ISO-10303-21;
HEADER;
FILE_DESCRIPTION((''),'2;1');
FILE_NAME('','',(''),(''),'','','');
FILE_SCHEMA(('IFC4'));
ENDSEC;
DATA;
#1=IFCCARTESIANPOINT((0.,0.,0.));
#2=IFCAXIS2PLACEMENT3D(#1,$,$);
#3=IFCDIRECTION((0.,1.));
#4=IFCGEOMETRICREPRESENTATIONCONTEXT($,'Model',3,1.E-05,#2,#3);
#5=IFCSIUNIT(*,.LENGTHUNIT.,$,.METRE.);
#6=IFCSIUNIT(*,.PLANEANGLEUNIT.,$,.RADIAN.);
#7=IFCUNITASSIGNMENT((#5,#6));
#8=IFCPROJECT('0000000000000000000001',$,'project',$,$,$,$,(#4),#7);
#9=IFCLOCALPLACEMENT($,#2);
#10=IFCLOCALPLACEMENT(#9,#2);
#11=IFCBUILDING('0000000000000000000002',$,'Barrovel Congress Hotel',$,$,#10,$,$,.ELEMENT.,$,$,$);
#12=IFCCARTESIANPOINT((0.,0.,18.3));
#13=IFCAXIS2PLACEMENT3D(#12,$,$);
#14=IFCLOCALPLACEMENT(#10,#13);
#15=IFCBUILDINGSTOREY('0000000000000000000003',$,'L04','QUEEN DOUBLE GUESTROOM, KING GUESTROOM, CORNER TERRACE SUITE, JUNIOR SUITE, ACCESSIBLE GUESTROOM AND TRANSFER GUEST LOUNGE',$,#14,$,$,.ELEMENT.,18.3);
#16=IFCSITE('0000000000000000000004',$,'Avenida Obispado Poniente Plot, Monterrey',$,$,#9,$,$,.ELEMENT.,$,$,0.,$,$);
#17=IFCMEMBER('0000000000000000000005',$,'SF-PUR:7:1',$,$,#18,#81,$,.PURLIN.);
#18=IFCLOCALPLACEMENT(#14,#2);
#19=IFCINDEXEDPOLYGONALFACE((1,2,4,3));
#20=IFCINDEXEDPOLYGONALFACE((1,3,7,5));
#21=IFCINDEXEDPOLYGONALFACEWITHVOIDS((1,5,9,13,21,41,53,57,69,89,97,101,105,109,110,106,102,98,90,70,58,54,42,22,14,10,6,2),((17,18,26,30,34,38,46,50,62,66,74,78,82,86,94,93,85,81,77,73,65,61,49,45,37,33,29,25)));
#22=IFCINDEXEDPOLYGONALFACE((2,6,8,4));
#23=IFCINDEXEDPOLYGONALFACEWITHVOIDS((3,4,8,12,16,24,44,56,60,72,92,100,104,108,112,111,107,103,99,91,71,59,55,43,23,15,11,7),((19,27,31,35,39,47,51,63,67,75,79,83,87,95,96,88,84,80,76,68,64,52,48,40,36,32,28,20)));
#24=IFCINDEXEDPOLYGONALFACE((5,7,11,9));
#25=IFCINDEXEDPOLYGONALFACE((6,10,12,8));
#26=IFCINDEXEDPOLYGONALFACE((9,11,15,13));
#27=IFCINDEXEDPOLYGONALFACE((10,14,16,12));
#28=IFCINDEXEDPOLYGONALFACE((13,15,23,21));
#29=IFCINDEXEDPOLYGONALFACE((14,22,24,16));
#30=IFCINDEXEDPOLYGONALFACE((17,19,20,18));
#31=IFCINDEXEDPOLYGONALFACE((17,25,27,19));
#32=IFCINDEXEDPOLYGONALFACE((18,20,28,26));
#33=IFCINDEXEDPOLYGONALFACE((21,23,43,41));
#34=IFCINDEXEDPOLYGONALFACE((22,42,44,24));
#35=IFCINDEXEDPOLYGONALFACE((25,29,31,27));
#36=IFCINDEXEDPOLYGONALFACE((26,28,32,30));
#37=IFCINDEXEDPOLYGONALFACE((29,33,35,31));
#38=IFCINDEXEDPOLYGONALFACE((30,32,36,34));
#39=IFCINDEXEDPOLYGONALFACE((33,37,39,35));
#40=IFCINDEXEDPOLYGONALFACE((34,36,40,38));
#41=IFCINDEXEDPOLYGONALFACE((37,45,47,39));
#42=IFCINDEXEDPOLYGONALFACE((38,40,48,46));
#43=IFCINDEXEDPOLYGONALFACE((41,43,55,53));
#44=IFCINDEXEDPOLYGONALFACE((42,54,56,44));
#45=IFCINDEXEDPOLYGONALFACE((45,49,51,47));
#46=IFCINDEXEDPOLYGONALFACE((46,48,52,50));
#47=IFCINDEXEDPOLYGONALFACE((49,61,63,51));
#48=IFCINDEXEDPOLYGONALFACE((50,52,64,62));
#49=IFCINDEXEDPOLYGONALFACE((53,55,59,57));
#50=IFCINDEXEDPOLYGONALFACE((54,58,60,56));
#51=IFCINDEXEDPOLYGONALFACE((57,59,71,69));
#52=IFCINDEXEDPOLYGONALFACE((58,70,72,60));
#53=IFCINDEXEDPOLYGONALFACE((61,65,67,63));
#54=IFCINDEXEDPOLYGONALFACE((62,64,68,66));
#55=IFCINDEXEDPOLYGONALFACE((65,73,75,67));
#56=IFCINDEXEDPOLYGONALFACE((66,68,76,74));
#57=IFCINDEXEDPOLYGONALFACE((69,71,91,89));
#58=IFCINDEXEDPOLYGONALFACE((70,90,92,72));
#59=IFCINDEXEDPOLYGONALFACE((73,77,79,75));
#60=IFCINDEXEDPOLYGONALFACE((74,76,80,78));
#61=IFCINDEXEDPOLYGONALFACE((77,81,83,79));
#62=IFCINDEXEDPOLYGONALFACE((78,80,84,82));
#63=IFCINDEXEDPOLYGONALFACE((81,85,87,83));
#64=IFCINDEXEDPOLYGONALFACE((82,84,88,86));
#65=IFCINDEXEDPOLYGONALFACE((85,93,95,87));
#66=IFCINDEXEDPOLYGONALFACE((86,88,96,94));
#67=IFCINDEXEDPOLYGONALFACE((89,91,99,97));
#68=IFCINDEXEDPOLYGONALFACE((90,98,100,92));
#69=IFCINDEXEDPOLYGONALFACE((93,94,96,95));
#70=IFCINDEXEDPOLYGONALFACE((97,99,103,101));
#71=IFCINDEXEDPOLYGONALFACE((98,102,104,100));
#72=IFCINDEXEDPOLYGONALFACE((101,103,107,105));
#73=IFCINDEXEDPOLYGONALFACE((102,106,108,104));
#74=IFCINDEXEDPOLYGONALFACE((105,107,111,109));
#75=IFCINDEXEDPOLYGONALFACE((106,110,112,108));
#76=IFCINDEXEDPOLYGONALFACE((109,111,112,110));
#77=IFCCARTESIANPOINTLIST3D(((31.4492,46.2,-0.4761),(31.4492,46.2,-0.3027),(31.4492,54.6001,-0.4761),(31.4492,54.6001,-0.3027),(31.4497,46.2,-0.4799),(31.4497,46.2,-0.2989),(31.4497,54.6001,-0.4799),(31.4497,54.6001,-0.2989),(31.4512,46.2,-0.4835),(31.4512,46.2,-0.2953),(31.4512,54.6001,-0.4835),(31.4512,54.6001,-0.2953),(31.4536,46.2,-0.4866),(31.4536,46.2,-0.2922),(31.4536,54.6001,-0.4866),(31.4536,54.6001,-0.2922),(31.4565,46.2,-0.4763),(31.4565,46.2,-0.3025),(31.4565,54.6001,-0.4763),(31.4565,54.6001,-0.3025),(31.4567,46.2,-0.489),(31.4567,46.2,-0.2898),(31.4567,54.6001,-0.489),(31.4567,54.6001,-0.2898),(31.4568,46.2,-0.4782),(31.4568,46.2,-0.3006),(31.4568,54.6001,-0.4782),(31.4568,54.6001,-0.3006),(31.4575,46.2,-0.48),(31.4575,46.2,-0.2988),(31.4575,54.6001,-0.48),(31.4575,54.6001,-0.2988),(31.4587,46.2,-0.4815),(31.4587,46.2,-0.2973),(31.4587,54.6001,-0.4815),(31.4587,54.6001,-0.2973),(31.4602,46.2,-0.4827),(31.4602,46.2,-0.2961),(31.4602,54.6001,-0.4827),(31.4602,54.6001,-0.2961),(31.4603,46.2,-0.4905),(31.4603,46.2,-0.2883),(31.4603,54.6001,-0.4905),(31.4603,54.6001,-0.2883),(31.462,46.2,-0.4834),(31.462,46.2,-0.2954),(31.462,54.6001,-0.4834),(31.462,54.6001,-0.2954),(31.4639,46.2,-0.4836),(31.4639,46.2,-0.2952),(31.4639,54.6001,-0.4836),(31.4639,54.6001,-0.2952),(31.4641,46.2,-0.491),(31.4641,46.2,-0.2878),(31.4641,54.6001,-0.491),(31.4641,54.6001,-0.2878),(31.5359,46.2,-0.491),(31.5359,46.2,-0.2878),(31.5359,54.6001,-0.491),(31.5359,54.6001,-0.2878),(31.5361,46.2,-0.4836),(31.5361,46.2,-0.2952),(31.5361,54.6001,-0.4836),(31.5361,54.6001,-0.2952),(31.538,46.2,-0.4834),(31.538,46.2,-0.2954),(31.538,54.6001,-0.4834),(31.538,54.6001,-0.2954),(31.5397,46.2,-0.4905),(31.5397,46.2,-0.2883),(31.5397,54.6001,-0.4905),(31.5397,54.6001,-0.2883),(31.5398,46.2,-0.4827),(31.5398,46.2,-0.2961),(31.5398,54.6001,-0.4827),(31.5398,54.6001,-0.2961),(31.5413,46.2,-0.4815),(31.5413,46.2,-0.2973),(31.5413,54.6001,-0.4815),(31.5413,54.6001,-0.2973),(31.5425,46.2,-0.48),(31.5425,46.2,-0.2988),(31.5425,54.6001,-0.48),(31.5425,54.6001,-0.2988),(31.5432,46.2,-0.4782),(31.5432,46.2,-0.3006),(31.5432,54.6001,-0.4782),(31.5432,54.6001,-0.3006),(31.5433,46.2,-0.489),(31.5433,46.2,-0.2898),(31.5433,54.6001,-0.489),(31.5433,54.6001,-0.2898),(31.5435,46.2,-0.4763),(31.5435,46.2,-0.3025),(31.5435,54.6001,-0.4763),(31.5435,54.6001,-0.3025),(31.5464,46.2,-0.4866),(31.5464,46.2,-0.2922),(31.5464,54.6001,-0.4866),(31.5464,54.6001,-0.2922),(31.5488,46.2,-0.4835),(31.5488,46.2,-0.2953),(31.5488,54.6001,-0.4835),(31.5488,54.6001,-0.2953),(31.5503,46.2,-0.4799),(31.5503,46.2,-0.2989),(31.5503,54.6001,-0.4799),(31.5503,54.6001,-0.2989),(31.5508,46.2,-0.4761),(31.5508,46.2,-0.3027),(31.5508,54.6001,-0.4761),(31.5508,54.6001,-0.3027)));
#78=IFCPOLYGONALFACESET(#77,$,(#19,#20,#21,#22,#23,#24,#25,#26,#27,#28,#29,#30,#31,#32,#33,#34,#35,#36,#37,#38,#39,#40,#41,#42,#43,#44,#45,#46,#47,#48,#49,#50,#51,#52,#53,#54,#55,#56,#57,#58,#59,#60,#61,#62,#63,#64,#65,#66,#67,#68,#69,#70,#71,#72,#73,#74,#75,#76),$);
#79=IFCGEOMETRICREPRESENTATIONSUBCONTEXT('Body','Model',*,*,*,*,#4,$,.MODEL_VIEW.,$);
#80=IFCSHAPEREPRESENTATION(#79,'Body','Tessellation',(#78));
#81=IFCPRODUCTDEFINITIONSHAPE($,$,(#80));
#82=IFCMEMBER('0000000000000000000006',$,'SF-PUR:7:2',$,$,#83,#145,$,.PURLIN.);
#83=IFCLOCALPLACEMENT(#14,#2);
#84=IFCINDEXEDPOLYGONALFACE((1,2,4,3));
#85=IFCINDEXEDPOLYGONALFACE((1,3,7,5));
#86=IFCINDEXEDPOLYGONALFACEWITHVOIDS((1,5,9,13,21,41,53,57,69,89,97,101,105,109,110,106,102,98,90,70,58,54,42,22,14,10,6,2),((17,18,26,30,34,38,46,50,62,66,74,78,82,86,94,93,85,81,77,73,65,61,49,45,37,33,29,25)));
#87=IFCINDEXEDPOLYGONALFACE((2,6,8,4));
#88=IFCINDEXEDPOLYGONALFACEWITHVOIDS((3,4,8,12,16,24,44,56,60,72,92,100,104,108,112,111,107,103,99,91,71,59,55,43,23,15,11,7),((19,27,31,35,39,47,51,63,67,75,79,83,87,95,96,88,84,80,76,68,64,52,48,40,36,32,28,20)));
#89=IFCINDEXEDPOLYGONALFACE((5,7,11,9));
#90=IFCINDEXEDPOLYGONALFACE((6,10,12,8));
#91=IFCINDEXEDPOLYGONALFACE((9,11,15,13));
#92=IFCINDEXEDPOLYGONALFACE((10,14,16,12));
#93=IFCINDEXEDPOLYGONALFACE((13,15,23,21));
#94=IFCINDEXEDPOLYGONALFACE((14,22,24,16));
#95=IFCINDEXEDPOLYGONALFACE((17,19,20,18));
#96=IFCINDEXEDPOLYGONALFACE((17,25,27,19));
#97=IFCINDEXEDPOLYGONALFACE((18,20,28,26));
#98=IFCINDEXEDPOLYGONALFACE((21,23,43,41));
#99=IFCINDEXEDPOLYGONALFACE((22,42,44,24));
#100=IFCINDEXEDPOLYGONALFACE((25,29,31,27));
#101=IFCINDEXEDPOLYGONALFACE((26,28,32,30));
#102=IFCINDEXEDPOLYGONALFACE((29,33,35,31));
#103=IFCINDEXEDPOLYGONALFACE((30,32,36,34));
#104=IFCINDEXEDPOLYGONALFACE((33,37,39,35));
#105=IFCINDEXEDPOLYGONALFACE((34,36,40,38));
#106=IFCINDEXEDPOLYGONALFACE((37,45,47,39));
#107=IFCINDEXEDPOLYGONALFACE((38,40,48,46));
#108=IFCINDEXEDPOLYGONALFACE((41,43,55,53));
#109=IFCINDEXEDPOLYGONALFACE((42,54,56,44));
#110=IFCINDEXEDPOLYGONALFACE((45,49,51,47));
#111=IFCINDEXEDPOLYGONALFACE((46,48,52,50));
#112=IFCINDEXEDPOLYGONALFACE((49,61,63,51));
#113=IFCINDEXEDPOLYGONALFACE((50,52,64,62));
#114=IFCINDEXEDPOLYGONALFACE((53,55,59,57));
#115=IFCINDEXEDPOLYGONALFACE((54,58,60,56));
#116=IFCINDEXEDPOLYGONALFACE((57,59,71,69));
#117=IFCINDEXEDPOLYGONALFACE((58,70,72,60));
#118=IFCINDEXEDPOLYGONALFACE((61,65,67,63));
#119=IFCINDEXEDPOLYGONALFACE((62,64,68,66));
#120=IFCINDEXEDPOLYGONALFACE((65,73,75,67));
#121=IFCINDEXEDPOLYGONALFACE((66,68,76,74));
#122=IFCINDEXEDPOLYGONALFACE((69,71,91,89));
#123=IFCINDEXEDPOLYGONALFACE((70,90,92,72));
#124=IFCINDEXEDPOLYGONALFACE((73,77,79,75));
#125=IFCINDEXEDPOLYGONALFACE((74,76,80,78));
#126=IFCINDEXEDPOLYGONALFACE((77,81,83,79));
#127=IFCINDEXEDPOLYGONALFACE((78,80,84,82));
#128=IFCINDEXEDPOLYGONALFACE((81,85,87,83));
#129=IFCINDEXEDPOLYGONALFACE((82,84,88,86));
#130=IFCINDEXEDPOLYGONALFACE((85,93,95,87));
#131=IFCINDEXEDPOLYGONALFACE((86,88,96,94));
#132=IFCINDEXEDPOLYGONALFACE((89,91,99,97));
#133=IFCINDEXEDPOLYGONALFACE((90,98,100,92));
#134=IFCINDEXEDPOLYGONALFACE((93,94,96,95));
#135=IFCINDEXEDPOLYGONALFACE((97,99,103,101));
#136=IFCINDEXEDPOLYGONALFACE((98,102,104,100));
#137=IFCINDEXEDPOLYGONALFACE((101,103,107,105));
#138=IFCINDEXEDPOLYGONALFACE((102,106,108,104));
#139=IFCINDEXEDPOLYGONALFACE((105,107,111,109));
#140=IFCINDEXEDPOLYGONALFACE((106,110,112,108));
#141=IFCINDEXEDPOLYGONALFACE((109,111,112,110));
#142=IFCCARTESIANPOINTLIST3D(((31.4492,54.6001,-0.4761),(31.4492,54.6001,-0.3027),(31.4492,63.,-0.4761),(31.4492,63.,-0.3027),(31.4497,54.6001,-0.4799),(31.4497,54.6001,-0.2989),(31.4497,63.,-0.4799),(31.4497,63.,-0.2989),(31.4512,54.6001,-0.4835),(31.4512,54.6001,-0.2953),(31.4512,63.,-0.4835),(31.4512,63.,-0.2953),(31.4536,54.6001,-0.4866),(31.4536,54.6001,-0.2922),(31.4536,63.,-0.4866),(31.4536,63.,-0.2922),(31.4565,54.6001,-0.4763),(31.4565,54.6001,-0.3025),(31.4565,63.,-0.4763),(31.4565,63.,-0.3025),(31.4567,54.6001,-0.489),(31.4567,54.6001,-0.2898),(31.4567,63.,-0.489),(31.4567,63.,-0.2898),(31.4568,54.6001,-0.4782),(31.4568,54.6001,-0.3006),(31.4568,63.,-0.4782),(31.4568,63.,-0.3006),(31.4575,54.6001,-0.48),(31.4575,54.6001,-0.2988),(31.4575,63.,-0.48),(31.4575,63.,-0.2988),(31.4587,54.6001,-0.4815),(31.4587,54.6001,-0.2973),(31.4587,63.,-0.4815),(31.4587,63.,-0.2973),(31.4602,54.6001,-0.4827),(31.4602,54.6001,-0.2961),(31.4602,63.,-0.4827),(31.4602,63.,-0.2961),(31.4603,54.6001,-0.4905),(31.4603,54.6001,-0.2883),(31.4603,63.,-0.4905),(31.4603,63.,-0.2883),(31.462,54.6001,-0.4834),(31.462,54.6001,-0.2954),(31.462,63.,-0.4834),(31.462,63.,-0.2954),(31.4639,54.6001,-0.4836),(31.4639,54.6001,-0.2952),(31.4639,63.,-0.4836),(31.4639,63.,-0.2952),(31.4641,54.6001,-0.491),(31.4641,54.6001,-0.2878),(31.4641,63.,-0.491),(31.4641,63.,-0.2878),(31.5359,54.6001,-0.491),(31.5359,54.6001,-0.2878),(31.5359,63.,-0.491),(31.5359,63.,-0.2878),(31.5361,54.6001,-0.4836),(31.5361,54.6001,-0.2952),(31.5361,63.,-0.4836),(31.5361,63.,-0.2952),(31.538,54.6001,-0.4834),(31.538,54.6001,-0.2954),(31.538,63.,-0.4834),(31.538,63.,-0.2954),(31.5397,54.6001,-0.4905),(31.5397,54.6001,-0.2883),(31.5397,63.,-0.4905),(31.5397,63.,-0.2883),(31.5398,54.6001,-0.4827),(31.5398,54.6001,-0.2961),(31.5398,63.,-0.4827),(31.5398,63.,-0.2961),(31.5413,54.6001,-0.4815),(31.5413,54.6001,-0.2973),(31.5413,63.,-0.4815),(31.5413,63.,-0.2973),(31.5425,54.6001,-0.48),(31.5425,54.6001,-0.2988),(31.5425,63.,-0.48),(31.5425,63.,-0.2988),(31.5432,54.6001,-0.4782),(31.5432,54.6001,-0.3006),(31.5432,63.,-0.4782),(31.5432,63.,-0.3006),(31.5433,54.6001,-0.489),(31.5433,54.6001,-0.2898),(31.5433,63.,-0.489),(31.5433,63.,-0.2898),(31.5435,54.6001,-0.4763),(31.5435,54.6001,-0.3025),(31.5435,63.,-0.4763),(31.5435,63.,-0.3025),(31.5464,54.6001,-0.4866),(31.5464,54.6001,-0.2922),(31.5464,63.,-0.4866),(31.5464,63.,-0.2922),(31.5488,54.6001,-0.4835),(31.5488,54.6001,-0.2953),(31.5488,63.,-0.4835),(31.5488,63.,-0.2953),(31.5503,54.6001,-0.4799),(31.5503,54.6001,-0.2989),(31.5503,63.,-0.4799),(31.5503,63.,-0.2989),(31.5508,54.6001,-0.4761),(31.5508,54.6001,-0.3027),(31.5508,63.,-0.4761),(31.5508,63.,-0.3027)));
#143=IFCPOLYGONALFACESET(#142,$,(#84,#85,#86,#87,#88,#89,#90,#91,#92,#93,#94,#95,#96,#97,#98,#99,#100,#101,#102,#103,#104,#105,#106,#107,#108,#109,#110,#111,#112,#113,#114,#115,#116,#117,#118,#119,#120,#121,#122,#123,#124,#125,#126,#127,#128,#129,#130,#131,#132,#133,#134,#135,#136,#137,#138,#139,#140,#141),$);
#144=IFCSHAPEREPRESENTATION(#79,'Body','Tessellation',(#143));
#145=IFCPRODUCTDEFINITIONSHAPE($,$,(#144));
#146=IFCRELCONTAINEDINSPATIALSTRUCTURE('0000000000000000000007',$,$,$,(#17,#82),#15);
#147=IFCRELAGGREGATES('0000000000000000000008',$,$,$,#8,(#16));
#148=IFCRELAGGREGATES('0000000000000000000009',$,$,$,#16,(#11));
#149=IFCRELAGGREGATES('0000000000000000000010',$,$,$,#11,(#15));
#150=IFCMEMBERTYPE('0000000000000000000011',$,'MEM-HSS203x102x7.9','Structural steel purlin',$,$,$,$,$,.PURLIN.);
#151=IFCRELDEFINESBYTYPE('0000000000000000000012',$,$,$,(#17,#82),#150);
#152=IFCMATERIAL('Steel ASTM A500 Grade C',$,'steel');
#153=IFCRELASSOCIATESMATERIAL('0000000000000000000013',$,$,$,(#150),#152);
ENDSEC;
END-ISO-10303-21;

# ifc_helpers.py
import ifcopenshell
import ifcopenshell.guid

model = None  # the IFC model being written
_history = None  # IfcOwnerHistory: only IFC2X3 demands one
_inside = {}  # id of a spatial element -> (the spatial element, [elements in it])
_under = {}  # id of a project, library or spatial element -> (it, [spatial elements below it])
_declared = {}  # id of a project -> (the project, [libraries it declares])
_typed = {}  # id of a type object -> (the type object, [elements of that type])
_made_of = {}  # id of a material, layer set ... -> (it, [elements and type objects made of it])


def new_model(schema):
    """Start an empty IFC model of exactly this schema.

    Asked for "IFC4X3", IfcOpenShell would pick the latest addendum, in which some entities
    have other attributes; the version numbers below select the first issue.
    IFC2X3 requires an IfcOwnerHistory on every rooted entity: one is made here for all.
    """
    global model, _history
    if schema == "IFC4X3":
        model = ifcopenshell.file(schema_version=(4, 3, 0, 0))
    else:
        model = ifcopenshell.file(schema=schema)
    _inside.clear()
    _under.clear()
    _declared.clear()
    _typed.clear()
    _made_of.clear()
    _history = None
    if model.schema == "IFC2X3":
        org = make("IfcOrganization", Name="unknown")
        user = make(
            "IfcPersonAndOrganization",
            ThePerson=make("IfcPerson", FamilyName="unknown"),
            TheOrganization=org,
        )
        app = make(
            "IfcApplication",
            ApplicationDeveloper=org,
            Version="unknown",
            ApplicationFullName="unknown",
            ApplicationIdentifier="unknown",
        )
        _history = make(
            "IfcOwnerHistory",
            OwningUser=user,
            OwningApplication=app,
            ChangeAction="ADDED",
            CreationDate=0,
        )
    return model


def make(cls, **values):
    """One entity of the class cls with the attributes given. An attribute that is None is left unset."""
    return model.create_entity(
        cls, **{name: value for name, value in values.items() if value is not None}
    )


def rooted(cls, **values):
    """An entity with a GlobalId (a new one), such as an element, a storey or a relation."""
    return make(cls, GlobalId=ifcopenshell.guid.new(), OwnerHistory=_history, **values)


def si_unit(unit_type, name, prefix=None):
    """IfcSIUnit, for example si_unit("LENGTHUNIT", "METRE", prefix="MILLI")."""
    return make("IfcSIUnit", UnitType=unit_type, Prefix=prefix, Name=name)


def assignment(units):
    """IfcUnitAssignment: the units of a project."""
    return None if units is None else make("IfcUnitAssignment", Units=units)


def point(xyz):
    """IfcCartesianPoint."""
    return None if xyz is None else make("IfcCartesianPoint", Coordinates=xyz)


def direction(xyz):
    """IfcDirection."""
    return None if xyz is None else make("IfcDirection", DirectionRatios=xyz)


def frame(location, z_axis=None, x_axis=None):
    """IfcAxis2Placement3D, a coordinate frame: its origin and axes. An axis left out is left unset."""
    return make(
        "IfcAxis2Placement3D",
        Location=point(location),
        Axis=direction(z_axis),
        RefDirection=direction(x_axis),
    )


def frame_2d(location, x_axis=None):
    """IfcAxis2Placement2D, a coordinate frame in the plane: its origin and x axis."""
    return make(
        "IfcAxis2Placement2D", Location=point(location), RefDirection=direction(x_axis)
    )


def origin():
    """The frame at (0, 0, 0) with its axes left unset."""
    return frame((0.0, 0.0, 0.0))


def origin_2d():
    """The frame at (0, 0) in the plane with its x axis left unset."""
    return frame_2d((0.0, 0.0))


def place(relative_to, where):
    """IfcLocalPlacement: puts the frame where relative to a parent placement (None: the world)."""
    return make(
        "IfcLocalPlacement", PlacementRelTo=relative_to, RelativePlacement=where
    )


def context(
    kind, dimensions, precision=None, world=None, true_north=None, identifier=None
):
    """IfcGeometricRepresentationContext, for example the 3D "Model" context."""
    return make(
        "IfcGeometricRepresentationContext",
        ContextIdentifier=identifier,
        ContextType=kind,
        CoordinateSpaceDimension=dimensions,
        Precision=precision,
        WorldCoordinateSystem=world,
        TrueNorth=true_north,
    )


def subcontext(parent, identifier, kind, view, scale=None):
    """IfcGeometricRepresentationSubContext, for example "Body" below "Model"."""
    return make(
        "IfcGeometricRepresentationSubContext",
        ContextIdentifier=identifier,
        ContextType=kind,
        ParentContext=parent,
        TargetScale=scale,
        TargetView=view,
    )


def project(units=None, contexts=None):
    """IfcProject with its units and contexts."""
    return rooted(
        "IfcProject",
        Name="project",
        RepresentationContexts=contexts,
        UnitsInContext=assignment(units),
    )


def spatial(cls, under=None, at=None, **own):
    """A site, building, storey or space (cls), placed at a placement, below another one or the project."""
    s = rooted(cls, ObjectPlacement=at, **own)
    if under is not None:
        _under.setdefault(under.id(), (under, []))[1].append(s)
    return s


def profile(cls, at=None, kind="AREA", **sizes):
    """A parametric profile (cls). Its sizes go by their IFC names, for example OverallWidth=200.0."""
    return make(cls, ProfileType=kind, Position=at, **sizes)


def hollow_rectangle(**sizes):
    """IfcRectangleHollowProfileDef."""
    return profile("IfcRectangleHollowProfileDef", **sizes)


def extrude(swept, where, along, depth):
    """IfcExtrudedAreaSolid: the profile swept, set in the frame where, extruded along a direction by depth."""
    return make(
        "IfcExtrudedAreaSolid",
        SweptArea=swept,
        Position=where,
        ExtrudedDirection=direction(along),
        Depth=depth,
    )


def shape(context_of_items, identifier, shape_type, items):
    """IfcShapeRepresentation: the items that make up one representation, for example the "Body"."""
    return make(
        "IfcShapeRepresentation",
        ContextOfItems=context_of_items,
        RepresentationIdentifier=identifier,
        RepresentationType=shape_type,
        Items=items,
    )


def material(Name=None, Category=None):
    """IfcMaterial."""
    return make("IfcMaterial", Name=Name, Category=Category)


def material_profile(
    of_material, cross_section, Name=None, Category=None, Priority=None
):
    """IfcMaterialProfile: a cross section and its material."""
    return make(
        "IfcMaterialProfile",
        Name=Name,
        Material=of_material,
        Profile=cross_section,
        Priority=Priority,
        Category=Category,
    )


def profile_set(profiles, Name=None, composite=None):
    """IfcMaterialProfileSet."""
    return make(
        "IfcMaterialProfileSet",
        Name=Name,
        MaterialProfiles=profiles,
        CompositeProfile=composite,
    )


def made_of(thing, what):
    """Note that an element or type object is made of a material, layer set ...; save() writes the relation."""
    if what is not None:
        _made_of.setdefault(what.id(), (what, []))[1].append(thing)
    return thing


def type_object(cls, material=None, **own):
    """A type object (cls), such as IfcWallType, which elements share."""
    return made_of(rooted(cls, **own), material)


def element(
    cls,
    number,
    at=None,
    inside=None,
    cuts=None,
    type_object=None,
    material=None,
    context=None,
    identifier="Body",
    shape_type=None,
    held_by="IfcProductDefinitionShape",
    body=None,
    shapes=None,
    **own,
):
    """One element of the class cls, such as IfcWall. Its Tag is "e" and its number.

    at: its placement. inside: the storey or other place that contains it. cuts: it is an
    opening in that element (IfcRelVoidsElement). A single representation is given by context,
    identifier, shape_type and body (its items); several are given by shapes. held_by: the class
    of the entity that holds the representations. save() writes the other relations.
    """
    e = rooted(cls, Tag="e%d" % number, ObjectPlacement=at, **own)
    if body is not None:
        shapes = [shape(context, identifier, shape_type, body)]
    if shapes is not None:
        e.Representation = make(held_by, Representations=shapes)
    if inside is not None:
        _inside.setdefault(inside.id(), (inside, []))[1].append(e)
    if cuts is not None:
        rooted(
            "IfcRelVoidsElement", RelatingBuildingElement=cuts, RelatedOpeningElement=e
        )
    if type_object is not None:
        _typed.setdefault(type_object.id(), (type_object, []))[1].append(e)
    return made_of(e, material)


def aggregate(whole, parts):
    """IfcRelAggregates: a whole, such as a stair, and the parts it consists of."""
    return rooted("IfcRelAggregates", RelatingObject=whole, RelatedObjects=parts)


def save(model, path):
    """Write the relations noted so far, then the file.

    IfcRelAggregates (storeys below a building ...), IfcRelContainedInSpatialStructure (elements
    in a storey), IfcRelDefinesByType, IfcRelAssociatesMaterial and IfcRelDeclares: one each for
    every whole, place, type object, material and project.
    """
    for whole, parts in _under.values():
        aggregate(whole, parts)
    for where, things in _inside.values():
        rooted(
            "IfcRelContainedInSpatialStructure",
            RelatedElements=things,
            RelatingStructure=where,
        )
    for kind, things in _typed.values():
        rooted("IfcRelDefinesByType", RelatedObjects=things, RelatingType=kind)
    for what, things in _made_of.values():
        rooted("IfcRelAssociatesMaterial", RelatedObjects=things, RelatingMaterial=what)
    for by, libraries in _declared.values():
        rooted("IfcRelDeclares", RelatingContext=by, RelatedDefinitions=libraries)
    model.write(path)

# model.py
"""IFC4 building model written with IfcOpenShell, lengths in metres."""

from ifc_helpers import new_model, si_unit, direction, frame, origin, origin_2d, place, context, subcontext, project, spatial, hollow_rectangle, extrude, material, material_profile, profile_set, type_object, element, save


model = new_model("IFC4")

# Units and contexts
model_context = context("Model", 3, precision=1e-05, world=origin(), true_north=direction((0.0, 1.0)))
body_context = subcontext(model_context, "Body", "Model", "MODEL_VIEW")
ifc_project = project(units=[si_unit("LENGTHUNIT", "METRE"), si_unit("PLANEANGLEUNIT", "RADIAN")], contexts=[model_context])

# Site, building, storey
site_placement = place(None, origin())
site = spatial("IfcSite", under=ifc_project, at=site_placement, Name="Avenida Obispado Poniente Plot, Monterrey", CompositionType="ELEMENT", RefElevation=0.0)
building_placement = place(site_placement, origin())
building = spatial("IfcBuilding", under=site, at=building_placement, Name="Barrovel Congress Hotel", CompositionType="ELEMENT")
storey_placement = place(building_placement, frame((0.0, 0.0, 18.3)))
storey = spatial("IfcBuildingStorey", under=building, at=storey_placement, Name="L04", Description="QUEEN DOUBLE GUESTROOM, KING GUESTROOM, CORNER TERRACE SUITE, JUNIOR SUITE, ACCESSIBLE GUESTROOM AND TRANSFER GUEST LOUNGE", CompositionType="ELEMENT", Elevation=18.3)

# Members
ifc_material_1 = material(Name="Steel ASTM A500 Grade C", Category="steel")
ifc_material_profile_1 = material_profile(ifc_material_1, hollow_rectangle(XDim=0.1016, YDim=0.2031, WallThickness=0.0073, InnerFilletRadius=0.0073, OuterFilletRadius=0.0149, at=origin_2d()), Name="HSS203x102x7.9")
ifc_profile_set_1 = profile_set([ifc_material_profile_1], Name="Steel ASTM A500 Grade C")
member_type = type_object("IfcMemberType", Name="MEM-HSS203x102x7.9", Description="Structural steel purlin", PredefinedType="PURLIN", material=ifc_profile_set_1)
member_1_placement = place(storey_placement, frame((31.5, 46.2, -0.3894), z_axis=(0.0, 1.0, 0.0), x_axis=(-1.0, 0.0, 0.0)))
element("IfcMember", 1, at=member_1_placement, inside=storey, type_object=member_type, Name="SF-PUR:7:1", PredefinedType="PURLIN", context=body_context, shape_type="SweptSolid", body=[
    extrude(hollow_rectangle(XDim=0.1016, YDim=0.2031, WallThickness=0.0073, InnerFilletRadius=0.0073, OuterFilletRadius=0.0149, at=origin_2d()), origin(), (0.0, 0.0, 1.0), 8.4001),
])
for number, where, z_axis, x_axis, name in (
    (2, (31.5, 54.6001, -0.3894), (0.0, 1.0, 0.0), (-1.0, 0.0, 0.0), "SF-PUR:7:2"),
):
    element("IfcMember", number, at=place(storey_placement, frame(where, z_axis=z_axis, x_axis=x_axis)), inside=storey, type_object=member_type, Name=name, PredefinedType="PURLIN", context=body_context, shape_type="SweptSolid", body=[
        extrude(hollow_rectangle(XDim=0.1016, YDim=0.2031, WallThickness=0.0073, InnerFilletRadius=0.0073, OuterFilletRadius=0.0149, at=origin_2d()), origin(), (0.0, 0.0, 1.0), 8.3999),
    ])

save(model, "model.ifc")
